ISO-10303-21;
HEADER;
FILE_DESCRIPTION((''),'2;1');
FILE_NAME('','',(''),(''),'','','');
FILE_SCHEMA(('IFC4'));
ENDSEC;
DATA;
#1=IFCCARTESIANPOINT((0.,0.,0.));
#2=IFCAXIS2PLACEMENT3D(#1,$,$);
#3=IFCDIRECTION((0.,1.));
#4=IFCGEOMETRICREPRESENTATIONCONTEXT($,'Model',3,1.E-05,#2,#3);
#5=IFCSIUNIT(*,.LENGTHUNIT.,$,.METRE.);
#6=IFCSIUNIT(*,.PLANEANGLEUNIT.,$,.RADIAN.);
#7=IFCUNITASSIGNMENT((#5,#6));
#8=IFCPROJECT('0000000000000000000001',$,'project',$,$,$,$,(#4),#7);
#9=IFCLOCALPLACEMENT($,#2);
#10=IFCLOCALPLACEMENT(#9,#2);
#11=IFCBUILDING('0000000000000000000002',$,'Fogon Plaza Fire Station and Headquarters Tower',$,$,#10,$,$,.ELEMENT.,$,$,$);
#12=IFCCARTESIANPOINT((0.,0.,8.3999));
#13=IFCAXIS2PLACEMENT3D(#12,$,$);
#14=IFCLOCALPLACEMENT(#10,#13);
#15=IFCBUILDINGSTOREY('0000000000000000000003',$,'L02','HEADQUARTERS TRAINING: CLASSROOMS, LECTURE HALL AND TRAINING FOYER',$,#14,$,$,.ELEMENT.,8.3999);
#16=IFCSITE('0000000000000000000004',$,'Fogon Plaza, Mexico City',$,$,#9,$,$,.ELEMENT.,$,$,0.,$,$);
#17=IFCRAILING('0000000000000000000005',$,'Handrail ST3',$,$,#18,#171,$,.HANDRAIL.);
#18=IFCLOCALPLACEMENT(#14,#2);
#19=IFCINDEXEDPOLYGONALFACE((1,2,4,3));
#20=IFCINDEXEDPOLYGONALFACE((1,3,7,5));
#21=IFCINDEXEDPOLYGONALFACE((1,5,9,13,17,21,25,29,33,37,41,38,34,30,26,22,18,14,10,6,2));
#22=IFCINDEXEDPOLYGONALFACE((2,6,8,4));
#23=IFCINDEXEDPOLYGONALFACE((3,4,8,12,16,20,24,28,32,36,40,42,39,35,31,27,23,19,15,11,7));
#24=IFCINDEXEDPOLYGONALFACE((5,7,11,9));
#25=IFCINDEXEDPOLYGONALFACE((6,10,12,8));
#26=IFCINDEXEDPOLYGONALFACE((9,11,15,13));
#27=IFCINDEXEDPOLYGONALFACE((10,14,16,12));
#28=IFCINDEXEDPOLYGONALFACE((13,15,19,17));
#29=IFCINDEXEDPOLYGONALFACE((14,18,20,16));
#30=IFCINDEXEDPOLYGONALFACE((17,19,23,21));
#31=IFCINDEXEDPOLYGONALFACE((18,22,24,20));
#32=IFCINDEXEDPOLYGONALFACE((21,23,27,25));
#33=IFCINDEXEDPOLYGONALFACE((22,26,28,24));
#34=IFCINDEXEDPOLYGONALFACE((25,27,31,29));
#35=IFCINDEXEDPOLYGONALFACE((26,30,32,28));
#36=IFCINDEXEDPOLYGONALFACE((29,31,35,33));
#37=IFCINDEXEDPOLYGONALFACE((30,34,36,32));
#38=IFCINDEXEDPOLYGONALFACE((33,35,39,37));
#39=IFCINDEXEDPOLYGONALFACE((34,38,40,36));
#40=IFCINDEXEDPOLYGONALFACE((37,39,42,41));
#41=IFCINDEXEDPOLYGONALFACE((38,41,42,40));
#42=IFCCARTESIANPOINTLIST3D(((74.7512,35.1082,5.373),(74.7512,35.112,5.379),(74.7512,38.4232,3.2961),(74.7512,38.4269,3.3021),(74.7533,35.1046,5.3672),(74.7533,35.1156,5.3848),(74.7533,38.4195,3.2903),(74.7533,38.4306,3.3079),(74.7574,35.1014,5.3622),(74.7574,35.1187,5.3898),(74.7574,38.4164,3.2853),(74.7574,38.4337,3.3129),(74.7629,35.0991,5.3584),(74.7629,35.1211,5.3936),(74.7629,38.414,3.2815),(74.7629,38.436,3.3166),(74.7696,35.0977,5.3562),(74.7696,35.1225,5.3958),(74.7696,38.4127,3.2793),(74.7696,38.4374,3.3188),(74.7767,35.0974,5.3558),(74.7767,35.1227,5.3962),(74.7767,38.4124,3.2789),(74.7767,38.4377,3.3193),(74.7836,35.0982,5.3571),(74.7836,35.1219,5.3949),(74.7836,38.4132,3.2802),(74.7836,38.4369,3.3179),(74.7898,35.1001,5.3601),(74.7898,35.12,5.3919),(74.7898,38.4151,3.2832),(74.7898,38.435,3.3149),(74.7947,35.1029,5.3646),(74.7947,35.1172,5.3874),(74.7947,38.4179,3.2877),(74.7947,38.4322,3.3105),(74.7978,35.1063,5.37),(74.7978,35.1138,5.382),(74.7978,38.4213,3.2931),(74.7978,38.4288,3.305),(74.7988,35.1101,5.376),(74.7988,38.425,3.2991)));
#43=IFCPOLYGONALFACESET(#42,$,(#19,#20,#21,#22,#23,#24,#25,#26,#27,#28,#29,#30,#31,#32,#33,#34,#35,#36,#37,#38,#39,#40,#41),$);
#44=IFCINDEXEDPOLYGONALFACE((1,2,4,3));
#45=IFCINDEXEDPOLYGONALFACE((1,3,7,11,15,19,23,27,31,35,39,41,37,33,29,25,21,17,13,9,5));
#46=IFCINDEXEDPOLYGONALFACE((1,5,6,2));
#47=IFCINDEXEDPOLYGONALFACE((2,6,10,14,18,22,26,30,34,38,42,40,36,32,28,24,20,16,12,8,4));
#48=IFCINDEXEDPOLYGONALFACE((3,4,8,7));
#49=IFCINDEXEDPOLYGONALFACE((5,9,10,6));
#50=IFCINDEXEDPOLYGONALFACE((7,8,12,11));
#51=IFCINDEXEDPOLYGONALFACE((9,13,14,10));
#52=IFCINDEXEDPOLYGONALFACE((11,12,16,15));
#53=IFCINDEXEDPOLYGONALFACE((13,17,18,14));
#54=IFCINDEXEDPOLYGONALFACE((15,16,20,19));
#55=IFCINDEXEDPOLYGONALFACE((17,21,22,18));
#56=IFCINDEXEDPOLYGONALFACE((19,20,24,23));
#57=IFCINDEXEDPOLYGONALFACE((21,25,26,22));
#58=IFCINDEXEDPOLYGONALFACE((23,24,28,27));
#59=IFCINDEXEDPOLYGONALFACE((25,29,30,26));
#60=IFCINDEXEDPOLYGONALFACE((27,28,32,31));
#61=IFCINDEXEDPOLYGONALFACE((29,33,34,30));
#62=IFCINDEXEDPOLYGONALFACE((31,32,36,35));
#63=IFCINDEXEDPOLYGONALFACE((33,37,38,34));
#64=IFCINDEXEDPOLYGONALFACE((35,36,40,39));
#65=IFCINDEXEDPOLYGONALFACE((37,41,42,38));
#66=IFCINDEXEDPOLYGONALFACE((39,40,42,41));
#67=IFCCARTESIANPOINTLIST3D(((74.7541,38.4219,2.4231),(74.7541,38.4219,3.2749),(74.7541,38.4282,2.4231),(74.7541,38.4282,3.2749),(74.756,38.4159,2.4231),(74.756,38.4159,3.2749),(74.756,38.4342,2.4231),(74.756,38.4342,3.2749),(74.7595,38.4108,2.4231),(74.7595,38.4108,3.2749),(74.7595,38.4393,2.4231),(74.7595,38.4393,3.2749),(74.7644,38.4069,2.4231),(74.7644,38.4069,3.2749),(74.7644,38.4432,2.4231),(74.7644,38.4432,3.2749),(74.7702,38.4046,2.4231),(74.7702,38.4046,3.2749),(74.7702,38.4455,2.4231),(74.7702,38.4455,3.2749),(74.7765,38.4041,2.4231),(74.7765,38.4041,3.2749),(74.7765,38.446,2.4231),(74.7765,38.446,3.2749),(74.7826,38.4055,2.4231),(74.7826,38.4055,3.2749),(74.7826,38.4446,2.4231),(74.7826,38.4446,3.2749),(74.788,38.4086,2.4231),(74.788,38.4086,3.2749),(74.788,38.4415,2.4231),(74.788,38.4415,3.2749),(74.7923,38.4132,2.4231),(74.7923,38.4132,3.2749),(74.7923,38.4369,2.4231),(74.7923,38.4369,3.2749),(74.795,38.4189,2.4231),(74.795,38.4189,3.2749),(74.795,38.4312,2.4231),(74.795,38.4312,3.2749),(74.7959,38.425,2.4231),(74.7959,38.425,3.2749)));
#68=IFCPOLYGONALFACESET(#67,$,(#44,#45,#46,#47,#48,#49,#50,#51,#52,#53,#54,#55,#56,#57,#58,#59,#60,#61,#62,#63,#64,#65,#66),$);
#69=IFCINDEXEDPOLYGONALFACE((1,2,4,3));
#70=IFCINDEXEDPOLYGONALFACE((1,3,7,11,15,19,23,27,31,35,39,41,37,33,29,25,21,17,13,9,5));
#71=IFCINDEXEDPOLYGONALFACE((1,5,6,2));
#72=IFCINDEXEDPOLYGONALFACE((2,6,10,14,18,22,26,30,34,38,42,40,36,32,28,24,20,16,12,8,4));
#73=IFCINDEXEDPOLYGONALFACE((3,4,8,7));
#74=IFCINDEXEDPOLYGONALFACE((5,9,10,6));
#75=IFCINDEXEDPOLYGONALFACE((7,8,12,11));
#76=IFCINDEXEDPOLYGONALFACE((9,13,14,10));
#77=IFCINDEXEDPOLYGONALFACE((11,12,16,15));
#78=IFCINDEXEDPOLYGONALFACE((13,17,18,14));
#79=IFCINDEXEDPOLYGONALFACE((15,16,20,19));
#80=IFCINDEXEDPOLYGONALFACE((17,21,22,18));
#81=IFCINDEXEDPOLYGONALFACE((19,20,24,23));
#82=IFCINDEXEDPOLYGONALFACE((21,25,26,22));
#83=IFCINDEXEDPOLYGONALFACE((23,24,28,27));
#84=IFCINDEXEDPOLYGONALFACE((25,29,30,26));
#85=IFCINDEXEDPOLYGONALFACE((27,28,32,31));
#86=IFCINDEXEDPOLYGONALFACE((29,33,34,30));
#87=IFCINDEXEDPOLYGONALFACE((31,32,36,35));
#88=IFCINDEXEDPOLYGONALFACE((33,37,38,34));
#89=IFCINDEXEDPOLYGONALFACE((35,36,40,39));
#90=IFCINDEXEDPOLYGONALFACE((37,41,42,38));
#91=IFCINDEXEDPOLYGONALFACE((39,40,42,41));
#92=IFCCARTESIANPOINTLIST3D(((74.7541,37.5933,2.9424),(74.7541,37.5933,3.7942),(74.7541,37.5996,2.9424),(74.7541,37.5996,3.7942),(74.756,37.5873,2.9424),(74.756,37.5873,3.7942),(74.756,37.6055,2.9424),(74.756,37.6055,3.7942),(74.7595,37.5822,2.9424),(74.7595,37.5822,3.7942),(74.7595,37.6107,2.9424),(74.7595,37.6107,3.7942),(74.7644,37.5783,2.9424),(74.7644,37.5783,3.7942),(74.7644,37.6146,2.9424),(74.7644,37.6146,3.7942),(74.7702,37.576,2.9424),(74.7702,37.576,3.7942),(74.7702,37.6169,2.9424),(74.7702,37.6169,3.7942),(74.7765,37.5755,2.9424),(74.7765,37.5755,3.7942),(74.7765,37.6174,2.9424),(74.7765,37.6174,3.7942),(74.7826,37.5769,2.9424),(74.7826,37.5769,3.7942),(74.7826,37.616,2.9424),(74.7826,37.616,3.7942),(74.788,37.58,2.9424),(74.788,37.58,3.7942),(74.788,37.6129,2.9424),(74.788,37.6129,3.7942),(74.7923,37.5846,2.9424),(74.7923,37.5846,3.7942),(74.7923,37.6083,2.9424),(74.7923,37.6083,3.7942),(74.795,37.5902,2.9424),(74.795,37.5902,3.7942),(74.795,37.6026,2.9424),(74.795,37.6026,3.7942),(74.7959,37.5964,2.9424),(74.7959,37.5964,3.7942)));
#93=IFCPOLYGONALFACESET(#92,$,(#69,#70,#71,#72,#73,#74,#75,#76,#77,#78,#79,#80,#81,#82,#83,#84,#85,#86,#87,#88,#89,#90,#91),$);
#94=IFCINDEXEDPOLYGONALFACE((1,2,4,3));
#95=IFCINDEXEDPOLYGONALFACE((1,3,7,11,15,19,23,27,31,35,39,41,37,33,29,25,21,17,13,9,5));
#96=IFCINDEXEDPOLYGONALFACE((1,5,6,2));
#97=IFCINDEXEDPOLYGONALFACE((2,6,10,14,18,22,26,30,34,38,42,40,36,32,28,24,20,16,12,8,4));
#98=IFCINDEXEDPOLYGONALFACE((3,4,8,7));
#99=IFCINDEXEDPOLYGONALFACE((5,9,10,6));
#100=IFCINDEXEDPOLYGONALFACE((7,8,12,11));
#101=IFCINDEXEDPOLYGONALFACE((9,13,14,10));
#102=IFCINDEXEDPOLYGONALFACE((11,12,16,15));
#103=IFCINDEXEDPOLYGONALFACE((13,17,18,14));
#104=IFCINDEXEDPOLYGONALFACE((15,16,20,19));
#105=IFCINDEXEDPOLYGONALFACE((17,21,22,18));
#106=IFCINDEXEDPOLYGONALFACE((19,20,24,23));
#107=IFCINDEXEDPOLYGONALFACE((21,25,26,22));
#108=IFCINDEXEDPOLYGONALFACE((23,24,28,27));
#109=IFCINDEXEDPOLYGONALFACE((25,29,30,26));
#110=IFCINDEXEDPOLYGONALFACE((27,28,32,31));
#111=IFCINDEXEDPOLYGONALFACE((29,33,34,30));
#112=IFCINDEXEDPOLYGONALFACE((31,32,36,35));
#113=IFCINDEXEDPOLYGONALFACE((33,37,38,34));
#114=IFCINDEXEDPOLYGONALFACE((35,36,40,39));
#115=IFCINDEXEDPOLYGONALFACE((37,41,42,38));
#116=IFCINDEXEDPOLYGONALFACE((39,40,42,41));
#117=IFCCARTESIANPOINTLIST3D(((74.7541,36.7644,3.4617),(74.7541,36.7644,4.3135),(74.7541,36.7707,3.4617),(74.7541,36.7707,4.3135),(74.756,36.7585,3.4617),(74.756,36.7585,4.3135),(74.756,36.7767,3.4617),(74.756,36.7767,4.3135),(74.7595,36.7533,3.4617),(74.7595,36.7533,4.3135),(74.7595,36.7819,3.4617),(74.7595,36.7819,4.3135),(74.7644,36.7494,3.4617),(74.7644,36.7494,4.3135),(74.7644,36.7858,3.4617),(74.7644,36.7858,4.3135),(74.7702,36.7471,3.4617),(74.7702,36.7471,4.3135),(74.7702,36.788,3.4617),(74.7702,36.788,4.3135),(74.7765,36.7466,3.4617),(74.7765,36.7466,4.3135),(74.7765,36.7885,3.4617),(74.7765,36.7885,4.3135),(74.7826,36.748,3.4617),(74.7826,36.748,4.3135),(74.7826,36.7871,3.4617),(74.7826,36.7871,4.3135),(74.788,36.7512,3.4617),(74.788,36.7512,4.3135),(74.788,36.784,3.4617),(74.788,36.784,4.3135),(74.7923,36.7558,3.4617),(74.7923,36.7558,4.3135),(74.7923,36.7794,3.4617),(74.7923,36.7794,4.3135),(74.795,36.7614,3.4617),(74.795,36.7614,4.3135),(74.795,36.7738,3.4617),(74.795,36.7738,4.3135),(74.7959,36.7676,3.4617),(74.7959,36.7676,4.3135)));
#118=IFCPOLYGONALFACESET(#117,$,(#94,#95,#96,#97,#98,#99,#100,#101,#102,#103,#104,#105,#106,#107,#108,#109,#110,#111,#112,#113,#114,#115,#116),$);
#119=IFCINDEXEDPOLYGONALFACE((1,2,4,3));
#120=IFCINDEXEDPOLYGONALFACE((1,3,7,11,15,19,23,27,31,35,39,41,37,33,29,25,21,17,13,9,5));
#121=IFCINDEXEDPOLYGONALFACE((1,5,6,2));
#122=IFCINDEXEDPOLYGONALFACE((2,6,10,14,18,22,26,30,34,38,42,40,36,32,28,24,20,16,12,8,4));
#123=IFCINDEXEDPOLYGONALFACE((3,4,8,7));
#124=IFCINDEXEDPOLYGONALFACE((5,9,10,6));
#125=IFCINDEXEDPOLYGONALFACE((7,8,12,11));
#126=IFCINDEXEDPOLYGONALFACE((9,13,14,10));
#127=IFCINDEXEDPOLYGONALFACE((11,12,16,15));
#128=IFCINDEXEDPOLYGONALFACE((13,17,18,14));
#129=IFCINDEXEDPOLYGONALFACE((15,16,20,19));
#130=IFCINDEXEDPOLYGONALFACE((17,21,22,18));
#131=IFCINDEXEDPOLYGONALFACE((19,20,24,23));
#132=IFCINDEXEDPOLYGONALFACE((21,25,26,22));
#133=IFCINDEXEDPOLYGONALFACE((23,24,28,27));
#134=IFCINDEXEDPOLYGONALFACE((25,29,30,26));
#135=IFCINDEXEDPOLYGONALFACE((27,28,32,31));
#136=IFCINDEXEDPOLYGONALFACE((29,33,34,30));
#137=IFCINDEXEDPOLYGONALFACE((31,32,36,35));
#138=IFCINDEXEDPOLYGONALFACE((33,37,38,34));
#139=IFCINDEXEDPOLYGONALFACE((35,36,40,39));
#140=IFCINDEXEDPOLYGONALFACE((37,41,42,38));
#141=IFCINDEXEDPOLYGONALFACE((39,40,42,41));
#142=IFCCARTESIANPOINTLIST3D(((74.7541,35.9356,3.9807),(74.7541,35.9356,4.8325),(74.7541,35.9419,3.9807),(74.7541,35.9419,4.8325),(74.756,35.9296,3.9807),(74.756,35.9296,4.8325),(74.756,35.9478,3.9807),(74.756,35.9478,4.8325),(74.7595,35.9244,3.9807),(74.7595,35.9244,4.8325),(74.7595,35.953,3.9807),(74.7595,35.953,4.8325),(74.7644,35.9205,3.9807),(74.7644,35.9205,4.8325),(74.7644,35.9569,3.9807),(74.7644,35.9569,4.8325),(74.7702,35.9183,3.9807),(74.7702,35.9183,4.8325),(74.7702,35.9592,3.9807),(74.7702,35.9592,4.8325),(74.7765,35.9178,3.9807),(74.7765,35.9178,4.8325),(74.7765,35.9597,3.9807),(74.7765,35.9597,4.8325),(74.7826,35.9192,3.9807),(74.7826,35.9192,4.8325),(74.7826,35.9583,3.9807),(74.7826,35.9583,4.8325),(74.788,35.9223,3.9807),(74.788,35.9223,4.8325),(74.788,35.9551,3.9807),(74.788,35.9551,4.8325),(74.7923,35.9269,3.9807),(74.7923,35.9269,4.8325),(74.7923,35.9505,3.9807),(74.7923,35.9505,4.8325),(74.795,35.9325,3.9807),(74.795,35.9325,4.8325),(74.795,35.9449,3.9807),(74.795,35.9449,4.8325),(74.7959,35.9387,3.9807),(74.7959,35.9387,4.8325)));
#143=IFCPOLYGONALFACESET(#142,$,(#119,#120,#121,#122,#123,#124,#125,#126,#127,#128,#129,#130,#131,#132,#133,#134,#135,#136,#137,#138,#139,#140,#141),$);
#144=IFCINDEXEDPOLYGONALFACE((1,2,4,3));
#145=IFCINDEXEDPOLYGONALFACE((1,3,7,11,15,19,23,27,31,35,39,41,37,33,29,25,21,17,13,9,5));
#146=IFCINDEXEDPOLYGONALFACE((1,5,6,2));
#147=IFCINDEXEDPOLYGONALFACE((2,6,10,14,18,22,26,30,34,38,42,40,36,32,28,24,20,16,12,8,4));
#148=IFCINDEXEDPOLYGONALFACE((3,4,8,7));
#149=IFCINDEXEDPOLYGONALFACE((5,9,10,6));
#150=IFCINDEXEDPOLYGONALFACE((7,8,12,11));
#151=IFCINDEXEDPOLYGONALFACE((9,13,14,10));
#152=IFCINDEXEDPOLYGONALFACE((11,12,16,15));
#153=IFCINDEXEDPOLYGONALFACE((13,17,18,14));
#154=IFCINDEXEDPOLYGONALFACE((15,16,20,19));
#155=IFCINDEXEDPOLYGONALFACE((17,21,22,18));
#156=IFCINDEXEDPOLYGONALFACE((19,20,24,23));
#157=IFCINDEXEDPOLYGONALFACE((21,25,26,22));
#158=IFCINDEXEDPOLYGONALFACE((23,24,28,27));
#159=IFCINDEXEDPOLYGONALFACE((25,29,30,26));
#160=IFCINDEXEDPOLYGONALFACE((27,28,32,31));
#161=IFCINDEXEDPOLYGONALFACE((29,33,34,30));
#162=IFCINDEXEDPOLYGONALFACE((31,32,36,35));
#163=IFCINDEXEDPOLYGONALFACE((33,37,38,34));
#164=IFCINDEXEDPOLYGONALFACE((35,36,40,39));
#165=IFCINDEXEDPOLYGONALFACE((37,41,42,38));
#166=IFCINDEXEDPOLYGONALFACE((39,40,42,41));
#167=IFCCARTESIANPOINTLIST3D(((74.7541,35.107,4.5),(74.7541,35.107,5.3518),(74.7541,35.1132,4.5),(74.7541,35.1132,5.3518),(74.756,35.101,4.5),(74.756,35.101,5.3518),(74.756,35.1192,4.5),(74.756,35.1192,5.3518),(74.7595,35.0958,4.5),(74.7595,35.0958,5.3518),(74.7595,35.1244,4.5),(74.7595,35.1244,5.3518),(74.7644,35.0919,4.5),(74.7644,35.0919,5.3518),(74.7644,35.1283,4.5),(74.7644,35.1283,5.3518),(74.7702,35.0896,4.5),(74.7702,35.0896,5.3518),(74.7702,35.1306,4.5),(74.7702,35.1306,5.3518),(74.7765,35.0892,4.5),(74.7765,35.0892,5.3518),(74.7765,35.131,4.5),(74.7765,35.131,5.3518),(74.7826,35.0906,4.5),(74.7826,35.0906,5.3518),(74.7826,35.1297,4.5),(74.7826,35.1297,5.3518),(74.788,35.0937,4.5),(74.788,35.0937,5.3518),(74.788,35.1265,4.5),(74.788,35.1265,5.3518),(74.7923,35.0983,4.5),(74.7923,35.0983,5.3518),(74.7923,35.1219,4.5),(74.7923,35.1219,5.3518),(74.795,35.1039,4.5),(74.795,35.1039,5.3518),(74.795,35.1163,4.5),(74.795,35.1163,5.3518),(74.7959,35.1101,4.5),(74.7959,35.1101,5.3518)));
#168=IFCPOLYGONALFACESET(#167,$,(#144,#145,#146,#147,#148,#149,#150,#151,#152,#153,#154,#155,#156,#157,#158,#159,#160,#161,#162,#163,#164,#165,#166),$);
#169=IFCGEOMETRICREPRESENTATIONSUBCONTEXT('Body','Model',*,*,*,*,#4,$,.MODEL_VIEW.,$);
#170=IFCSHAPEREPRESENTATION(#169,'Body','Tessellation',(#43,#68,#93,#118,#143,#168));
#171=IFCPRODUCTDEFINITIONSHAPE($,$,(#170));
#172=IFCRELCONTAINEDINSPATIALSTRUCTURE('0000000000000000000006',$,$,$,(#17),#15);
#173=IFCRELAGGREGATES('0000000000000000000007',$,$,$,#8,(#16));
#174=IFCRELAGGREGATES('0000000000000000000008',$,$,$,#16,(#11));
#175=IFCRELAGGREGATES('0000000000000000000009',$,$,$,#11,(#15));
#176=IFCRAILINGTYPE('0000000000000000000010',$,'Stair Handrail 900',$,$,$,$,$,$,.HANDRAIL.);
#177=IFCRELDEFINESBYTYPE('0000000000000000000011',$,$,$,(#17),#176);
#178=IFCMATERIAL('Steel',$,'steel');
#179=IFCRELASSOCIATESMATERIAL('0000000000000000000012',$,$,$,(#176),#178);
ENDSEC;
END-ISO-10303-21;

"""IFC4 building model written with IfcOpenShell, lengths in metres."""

from ifc_helpers import new_model, si_unit, direction, frame, origin, origin_2d, place, context, subcontext, project, spatial, circle, extrude, material, type_object, element, save


model = new_model("IFC4")

# Units and contexts
model_context = context("Model", 3, precision=1e-05, world=origin(), true_north=direction((0.0, 1.0)))
body_context = subcontext(model_context, "Body", "Model", "MODEL_VIEW")
ifc_project = project(units=[si_unit("LENGTHUNIT", "METRE"), si_unit("PLANEANGLEUNIT", "RADIAN")], contexts=[model_context])

# Site, building, storey
site_placement = place(None, origin())
site = spatial("IfcSite", under=ifc_project, at=site_placement, Name="Fogon Plaza, Mexico City", CompositionType="ELEMENT", RefElevation=0.0)
building_placement = place(site_placement, origin())
building = spatial("IfcBuilding", under=site, at=building_placement, Name="Fogon Plaza Fire Station and Headquarters Tower", CompositionType="ELEMENT")
storey_placement = place(building_placement, frame((0.0, 0.0, 8.3999)))
storey = spatial("IfcBuildingStorey", under=building, at=storey_placement, Name="L02", Description="HEADQUARTERS TRAINING: CLASSROOMS, LECTURE HALL AND TRAINING FOYER", CompositionType="ELEMENT", Elevation=8.3999)

# Railing
ifc_material_1 = material(Name="Steel", Category="steel")
railing_type = type_object("IfcRailingType", Name="Stair Handrail 900", PredefinedType="HANDRAIL", material=ifc_material_1)
for number, where, name in (
    (1, (74.7749, 38.425, 2.4231), "Handrail ST3"),
):
    element("IfcRailing", number, at=place(storey_placement, frame(where)), inside=storey, type_object=railing_type, Name=name, PredefinedType="HANDRAIL", context=body_context, shape_type="SweptSolid", body=[
        extrude(circle(Radius=0.0239, at=origin_2d()), frame((0.0, 0.0, 0.876), z_axis=(0.0, -0.847416, 0.53093), x_axis=(1.0, 0.0, 0.0)), (0.0, 0.0, 1.0), 3.9119),
        extrude(circle(Radius=0.021, at=origin_2d()), origin(), (0.0, 0.0, 1.0), 0.8518),
        extrude(circle(Radius=0.021, at=origin_2d()), frame((0.0, -0.8286, 0.5193)), (0.0, 0.0, 1.0), 0.8518),
        extrude(circle(Radius=0.021, at=origin_2d()), frame((0.0, -1.6575, 1.0386)), (0.0, 0.0, 1.0), 0.8518),
        extrude(circle(Radius=0.021, at=origin_2d()), frame((0.0, -2.4863, 1.5576)), (0.0, 0.0, 1.0), 0.8518),
        extrude(circle(Radius=0.021, at=origin_2d()), frame((0.0, -3.3149, 2.0769)), (0.0, 0.0, 1.0), 0.8518),
    ])

save(model, "model.ifc")
